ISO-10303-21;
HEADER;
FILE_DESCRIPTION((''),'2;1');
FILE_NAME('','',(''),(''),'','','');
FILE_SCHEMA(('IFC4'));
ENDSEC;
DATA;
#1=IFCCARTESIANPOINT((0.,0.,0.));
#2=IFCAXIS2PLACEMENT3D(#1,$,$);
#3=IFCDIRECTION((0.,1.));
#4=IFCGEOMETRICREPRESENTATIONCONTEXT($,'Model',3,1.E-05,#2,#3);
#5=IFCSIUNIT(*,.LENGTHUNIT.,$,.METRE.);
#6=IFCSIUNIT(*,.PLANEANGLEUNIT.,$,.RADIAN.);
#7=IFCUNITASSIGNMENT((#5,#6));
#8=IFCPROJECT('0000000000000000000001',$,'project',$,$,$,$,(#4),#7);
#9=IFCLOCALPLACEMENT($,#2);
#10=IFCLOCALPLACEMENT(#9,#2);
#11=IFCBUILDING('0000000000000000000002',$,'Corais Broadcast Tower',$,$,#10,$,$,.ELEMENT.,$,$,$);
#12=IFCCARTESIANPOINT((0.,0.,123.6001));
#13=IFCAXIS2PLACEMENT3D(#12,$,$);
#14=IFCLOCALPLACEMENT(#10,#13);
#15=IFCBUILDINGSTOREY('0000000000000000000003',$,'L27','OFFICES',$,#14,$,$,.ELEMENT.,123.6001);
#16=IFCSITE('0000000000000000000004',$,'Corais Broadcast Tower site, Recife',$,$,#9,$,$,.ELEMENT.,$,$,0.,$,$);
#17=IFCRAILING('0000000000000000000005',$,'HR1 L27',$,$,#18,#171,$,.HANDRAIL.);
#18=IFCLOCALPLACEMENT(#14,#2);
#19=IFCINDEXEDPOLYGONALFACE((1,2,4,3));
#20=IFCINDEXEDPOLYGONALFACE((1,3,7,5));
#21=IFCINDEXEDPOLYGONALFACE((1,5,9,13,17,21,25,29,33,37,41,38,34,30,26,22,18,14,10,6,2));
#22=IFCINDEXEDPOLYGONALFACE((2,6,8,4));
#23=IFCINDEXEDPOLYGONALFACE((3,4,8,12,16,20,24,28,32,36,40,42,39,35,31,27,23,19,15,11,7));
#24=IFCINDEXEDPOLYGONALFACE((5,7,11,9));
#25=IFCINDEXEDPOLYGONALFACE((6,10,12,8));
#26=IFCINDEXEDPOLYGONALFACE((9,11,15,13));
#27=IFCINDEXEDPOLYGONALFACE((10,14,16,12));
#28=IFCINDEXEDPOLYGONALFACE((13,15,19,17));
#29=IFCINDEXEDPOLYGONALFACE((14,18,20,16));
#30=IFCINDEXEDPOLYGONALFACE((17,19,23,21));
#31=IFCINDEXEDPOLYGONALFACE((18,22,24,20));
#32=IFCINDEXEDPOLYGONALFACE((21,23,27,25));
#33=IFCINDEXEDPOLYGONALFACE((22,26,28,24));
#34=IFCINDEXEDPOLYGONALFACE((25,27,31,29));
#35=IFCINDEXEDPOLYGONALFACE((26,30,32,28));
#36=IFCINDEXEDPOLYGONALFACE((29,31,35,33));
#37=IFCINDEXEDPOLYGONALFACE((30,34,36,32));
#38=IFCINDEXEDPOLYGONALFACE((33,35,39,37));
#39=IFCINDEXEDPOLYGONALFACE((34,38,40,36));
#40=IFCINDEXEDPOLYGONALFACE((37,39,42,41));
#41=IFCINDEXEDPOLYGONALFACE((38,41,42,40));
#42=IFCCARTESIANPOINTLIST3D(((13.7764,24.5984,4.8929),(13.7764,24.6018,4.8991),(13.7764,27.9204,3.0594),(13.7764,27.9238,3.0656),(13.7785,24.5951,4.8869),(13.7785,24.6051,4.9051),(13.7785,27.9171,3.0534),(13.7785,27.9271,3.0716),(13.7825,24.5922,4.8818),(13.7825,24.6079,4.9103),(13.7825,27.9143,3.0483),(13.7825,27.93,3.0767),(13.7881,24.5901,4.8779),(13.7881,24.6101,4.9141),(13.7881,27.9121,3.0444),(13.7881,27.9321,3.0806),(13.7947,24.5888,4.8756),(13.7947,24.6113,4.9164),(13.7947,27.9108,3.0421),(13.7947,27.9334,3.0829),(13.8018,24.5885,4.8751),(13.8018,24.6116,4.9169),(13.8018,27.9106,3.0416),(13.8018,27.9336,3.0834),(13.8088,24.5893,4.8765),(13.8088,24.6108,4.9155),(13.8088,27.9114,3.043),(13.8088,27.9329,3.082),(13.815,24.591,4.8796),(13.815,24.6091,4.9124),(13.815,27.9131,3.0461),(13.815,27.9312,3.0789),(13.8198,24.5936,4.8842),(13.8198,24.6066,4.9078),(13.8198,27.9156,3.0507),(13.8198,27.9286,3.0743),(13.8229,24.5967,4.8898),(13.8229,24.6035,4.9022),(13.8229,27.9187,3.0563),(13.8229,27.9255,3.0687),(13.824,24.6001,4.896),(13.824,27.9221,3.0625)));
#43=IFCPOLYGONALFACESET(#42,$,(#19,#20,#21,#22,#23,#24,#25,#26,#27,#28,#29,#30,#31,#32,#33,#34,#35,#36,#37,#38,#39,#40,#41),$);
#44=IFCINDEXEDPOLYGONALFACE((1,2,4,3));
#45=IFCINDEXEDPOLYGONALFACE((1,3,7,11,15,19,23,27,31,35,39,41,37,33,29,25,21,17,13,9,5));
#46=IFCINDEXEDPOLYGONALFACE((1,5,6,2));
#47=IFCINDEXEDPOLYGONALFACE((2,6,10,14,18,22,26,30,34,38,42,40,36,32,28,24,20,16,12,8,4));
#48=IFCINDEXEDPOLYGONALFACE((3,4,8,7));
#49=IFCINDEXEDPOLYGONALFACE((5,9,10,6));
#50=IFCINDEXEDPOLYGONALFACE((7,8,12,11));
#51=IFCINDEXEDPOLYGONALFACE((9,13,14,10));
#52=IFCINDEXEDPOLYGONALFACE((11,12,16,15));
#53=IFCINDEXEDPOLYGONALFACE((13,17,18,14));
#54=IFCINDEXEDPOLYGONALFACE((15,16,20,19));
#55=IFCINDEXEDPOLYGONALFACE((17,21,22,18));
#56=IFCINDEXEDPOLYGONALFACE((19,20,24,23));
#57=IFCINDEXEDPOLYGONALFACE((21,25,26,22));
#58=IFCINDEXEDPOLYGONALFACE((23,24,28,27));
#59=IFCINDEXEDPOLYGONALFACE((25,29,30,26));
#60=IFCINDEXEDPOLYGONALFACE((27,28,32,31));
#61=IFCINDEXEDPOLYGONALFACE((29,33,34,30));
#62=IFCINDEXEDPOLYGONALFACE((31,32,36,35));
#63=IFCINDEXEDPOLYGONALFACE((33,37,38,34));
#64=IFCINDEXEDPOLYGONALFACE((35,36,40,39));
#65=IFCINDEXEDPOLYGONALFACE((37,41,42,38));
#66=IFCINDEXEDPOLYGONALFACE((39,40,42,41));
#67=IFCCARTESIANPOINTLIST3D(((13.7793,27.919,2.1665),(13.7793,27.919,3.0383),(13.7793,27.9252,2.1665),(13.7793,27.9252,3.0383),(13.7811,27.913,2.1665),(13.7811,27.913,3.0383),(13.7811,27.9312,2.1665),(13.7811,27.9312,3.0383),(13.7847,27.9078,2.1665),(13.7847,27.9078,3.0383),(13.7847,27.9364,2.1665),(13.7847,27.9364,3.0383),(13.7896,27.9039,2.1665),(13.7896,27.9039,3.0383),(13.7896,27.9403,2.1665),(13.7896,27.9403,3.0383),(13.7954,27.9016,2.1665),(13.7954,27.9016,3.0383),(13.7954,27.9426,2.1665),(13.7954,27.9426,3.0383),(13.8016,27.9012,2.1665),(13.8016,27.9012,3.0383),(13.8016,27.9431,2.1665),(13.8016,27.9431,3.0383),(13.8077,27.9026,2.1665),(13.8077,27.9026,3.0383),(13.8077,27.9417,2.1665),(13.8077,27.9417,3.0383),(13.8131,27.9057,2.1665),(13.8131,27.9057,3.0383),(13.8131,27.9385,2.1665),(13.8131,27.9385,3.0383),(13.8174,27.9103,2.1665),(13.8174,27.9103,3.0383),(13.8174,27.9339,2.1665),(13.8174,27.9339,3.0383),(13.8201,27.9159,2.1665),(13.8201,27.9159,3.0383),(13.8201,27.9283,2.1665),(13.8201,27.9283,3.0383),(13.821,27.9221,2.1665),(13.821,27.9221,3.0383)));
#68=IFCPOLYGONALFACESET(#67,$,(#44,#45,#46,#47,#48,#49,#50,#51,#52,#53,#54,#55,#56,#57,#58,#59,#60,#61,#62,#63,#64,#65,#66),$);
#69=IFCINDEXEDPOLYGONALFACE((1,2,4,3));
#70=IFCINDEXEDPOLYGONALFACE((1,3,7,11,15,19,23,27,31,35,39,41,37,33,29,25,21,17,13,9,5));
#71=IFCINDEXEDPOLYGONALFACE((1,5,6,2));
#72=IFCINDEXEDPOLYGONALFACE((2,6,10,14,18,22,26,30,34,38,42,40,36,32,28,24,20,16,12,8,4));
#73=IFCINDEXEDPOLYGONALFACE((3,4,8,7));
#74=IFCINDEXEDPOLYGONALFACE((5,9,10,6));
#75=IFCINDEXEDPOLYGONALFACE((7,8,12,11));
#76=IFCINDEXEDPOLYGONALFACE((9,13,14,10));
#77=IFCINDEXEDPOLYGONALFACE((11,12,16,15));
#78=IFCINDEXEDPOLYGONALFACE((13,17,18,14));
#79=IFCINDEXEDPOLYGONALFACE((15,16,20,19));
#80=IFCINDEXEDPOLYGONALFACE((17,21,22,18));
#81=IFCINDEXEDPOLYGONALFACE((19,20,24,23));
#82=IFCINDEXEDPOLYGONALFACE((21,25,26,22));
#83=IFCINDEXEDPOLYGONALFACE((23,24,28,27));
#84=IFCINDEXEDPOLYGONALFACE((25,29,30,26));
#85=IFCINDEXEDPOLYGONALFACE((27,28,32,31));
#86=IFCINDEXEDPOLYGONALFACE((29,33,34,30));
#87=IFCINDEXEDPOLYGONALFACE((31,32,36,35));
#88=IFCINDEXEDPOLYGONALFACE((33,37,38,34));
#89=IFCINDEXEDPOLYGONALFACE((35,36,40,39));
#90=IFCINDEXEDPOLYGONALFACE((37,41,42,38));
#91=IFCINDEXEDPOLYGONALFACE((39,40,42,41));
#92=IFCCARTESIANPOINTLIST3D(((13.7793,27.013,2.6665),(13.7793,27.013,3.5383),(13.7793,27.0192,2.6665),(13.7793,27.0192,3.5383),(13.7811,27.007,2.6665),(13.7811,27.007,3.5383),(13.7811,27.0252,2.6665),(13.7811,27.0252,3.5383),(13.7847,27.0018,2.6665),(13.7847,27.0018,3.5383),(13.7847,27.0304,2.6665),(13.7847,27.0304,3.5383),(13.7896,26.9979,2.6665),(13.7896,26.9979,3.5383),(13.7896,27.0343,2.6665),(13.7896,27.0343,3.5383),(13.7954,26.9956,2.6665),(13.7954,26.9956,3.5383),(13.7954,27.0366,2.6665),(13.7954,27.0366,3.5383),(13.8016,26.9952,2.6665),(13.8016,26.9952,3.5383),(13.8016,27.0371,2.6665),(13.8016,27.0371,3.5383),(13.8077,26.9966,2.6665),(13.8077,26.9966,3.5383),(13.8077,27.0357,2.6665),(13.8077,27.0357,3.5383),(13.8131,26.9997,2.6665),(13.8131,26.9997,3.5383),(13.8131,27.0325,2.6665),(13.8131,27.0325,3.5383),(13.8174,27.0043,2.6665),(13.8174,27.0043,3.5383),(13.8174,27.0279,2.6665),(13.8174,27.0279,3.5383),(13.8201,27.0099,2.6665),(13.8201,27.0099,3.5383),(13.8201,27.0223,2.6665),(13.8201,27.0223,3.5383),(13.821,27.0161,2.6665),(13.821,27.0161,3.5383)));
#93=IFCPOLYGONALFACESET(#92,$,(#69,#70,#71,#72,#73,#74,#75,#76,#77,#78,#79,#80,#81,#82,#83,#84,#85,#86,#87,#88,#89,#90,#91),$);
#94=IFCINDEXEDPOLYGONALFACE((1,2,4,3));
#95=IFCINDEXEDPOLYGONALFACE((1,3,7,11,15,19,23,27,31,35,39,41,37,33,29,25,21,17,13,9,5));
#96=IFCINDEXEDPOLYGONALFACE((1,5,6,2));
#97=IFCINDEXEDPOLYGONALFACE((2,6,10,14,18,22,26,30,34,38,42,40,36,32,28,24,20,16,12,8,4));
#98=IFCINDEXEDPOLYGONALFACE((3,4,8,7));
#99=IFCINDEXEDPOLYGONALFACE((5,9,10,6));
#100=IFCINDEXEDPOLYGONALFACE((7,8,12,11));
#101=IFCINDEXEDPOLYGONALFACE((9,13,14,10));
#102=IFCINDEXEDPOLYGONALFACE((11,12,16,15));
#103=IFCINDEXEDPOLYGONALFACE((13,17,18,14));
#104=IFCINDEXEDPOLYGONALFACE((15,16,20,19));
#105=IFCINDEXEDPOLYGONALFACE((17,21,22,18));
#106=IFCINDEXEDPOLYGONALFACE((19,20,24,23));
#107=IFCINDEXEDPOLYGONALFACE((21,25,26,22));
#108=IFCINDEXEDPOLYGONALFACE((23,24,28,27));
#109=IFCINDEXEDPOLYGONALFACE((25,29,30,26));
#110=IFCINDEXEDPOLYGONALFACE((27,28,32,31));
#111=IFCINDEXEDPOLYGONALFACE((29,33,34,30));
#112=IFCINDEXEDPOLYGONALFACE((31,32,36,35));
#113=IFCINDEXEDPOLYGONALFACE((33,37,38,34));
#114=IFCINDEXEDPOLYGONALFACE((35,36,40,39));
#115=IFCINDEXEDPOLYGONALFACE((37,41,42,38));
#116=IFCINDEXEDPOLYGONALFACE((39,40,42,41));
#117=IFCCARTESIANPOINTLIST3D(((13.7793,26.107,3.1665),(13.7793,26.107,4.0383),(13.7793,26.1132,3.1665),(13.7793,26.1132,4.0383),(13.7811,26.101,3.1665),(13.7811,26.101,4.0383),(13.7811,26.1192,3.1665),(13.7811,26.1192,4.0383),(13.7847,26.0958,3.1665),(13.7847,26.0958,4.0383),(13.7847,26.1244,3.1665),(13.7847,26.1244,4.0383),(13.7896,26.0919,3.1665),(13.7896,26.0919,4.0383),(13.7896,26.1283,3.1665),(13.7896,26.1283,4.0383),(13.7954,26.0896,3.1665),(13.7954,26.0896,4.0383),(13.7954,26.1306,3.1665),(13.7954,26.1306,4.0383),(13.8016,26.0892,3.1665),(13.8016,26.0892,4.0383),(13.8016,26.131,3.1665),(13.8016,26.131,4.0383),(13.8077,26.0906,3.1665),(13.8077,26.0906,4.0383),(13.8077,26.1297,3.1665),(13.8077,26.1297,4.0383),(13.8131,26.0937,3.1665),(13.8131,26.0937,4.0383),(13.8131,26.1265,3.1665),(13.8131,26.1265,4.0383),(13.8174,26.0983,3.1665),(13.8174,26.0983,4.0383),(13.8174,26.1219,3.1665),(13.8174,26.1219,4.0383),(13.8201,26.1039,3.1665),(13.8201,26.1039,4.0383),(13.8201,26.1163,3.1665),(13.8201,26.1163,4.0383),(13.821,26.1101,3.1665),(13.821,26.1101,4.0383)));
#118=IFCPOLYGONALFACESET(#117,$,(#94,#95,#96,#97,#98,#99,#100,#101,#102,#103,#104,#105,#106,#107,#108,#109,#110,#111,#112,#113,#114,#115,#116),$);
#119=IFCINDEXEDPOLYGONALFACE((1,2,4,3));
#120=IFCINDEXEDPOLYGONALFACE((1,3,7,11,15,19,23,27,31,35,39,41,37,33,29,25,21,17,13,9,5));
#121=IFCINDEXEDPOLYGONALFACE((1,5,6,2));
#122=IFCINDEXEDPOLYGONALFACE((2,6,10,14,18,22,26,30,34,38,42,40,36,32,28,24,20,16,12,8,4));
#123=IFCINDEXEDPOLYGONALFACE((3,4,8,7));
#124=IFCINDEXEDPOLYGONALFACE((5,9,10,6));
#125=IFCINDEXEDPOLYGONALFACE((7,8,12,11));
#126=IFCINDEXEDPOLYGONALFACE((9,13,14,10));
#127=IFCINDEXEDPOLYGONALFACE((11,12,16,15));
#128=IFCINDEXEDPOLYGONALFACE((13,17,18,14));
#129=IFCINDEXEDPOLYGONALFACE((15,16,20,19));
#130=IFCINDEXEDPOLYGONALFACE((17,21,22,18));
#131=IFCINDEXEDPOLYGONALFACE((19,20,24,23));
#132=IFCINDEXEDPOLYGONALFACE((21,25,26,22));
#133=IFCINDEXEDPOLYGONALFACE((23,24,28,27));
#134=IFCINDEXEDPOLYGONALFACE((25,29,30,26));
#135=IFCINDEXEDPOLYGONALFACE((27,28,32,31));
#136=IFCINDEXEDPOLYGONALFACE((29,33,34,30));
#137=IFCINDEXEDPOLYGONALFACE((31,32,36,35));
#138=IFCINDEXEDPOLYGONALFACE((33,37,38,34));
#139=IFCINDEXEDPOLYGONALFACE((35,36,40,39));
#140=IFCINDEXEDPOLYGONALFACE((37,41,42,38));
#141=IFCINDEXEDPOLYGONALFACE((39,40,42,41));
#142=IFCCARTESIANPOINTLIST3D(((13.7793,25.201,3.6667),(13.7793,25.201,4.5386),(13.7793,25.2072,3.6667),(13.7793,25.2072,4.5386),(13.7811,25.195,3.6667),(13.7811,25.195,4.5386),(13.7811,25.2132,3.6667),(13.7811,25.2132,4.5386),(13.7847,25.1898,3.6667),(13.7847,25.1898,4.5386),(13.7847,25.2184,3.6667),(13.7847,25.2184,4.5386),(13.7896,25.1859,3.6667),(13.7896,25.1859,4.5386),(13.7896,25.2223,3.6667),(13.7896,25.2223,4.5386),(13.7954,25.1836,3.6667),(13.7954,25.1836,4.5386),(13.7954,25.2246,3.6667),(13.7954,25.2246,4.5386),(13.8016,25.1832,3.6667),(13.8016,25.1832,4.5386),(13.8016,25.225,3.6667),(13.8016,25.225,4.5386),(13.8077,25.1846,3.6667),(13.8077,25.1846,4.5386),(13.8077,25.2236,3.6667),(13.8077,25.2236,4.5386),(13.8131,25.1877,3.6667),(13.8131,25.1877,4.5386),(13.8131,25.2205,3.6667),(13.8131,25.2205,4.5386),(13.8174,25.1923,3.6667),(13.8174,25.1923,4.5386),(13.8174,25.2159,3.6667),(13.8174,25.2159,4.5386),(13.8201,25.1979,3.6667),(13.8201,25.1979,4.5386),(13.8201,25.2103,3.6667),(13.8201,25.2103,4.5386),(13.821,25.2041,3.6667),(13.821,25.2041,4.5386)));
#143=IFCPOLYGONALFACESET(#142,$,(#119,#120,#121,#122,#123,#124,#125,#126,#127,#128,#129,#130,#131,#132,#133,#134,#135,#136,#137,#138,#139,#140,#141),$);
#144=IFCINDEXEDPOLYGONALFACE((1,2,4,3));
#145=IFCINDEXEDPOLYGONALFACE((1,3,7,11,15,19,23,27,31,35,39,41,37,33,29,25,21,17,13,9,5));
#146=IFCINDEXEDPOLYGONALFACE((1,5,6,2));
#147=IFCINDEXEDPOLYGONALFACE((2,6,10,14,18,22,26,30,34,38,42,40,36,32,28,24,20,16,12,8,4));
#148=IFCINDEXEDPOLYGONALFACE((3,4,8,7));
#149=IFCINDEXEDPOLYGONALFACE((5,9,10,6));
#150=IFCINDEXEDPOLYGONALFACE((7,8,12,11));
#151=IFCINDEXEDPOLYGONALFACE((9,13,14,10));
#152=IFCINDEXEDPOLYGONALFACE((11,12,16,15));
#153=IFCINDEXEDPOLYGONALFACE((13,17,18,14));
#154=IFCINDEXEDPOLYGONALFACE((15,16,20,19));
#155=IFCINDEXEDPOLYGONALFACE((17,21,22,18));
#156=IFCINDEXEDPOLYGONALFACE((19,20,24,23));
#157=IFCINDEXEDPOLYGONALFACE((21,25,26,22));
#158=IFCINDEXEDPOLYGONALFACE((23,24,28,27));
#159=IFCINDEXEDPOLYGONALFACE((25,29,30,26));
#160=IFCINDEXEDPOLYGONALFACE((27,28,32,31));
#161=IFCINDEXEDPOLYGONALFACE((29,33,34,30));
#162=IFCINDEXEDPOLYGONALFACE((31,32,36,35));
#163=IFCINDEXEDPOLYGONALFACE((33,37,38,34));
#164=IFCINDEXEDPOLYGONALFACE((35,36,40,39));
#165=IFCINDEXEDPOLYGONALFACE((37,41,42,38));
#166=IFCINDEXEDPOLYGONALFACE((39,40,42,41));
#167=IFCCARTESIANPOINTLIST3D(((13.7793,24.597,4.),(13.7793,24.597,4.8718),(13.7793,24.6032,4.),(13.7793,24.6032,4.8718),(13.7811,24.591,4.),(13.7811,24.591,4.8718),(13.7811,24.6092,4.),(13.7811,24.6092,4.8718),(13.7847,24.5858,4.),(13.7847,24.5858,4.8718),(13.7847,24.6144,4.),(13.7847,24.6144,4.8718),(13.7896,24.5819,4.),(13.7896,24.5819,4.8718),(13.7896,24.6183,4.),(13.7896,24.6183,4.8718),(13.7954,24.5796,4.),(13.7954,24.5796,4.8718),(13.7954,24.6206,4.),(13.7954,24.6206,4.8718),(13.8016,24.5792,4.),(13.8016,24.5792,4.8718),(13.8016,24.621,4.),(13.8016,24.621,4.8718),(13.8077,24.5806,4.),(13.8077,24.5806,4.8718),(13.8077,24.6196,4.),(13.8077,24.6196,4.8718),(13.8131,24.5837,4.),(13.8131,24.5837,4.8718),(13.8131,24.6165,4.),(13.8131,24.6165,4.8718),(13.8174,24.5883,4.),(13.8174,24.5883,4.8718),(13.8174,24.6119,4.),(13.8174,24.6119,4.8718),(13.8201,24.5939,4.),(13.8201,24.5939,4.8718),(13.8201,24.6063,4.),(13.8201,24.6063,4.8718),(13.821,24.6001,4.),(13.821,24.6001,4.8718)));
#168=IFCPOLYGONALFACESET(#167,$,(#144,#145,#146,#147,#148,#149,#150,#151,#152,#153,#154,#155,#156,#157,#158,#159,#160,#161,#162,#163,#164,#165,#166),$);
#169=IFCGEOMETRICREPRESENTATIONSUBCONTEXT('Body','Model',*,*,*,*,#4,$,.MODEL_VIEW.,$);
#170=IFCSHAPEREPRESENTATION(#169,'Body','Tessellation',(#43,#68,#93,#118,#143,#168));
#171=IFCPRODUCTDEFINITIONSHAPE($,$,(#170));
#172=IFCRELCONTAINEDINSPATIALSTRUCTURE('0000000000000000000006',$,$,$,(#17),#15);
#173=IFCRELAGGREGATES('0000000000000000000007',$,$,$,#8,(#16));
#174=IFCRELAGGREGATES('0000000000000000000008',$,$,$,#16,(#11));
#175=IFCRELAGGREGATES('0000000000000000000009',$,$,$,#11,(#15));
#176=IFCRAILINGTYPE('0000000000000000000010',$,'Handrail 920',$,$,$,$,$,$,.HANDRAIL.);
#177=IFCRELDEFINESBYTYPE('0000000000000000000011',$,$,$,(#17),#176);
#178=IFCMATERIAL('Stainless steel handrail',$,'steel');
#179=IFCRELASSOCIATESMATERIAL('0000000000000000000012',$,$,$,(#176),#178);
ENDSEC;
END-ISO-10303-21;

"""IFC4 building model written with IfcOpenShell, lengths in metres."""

from ifc_helpers import new_model, si_unit, direction, frame, origin, origin_2d, place, context, subcontext, project, spatial, circle, extrude, material, type_object, element, save


model = new_model("IFC4")

# Units and contexts
model_context = context("Model", 3, precision=1e-05, world=origin(), true_north=direction((0.0, 1.0)))
body_context = subcontext(model_context, "Body", "Model", "MODEL_VIEW")
ifc_project = project(units=[si_unit("LENGTHUNIT", "METRE"), si_unit("PLANEANGLEUNIT", "RADIAN")], contexts=[model_context])

# Site, building, storey
site_placement = place(None, origin())
site = spatial("IfcSite", under=ifc_project, at=site_placement, Name="Corais Broadcast Tower site, Recife", CompositionType="ELEMENT", RefElevation=0.0)
building_placement = place(site_placement, origin())
building = spatial("IfcBuilding", under=site, at=building_placement, Name="Corais Broadcast Tower", CompositionType="ELEMENT")
storey_placement = place(building_placement, frame((0.0, 0.0, 123.6001)))
storey = spatial("IfcBuildingStorey", under=building, at=storey_placement, Name="L27", Description="OFFICES", CompositionType="ELEMENT", Elevation=123.6001)

# Railing
ifc_material_1 = material(Name="Stainless steel handrail", Category="steel")
railing_type = type_object("IfcRailingType", Name="Handrail 920", PredefinedType="HANDRAIL", material=ifc_material_1)
for number, where, name in (
    (1, (13.8, 27.9221, 2.1665), "HR1 L27"),
):
    element("IfcRailing", number, at=place(storey_placement, frame(where)), inside=storey, type_object=railing_type, Name=name, PredefinedType="HANDRAIL", context=body_context, shape_type="SweptSolid", body=[
        extrude(circle(Radius=0.0239, at=origin_2d()), frame((0.0, 0.0, 0.896), z_axis=(0.0, -0.875504, 0.48321), x_axis=(1.0, 0.0, 0.0)), (0.0, 0.0, 1.0), 3.7944),
        extrude(circle(Radius=0.021, at=origin_2d()), origin(), (0.0, 0.0, 1.0), 0.8718),
        extrude(circle(Radius=0.021, at=origin_2d()), frame((0.0, -0.906, 0.5)), (0.0, 0.0, 1.0), 0.8718),
        extrude(circle(Radius=0.021, at=origin_2d()), frame((0.0, -1.812, 1.0)), (0.0, 0.0, 1.0), 0.8718),
        extrude(circle(Radius=0.021, at=origin_2d()), frame((0.0, -2.718, 1.5002)), (0.0, 0.0, 1.0), 0.8718),
        extrude(circle(Radius=0.021, at=origin_2d()), frame((0.0, -3.322, 1.8335)), (0.0, 0.0, 1.0), 0.8718),
    ])

save(model, "model.ifc")
